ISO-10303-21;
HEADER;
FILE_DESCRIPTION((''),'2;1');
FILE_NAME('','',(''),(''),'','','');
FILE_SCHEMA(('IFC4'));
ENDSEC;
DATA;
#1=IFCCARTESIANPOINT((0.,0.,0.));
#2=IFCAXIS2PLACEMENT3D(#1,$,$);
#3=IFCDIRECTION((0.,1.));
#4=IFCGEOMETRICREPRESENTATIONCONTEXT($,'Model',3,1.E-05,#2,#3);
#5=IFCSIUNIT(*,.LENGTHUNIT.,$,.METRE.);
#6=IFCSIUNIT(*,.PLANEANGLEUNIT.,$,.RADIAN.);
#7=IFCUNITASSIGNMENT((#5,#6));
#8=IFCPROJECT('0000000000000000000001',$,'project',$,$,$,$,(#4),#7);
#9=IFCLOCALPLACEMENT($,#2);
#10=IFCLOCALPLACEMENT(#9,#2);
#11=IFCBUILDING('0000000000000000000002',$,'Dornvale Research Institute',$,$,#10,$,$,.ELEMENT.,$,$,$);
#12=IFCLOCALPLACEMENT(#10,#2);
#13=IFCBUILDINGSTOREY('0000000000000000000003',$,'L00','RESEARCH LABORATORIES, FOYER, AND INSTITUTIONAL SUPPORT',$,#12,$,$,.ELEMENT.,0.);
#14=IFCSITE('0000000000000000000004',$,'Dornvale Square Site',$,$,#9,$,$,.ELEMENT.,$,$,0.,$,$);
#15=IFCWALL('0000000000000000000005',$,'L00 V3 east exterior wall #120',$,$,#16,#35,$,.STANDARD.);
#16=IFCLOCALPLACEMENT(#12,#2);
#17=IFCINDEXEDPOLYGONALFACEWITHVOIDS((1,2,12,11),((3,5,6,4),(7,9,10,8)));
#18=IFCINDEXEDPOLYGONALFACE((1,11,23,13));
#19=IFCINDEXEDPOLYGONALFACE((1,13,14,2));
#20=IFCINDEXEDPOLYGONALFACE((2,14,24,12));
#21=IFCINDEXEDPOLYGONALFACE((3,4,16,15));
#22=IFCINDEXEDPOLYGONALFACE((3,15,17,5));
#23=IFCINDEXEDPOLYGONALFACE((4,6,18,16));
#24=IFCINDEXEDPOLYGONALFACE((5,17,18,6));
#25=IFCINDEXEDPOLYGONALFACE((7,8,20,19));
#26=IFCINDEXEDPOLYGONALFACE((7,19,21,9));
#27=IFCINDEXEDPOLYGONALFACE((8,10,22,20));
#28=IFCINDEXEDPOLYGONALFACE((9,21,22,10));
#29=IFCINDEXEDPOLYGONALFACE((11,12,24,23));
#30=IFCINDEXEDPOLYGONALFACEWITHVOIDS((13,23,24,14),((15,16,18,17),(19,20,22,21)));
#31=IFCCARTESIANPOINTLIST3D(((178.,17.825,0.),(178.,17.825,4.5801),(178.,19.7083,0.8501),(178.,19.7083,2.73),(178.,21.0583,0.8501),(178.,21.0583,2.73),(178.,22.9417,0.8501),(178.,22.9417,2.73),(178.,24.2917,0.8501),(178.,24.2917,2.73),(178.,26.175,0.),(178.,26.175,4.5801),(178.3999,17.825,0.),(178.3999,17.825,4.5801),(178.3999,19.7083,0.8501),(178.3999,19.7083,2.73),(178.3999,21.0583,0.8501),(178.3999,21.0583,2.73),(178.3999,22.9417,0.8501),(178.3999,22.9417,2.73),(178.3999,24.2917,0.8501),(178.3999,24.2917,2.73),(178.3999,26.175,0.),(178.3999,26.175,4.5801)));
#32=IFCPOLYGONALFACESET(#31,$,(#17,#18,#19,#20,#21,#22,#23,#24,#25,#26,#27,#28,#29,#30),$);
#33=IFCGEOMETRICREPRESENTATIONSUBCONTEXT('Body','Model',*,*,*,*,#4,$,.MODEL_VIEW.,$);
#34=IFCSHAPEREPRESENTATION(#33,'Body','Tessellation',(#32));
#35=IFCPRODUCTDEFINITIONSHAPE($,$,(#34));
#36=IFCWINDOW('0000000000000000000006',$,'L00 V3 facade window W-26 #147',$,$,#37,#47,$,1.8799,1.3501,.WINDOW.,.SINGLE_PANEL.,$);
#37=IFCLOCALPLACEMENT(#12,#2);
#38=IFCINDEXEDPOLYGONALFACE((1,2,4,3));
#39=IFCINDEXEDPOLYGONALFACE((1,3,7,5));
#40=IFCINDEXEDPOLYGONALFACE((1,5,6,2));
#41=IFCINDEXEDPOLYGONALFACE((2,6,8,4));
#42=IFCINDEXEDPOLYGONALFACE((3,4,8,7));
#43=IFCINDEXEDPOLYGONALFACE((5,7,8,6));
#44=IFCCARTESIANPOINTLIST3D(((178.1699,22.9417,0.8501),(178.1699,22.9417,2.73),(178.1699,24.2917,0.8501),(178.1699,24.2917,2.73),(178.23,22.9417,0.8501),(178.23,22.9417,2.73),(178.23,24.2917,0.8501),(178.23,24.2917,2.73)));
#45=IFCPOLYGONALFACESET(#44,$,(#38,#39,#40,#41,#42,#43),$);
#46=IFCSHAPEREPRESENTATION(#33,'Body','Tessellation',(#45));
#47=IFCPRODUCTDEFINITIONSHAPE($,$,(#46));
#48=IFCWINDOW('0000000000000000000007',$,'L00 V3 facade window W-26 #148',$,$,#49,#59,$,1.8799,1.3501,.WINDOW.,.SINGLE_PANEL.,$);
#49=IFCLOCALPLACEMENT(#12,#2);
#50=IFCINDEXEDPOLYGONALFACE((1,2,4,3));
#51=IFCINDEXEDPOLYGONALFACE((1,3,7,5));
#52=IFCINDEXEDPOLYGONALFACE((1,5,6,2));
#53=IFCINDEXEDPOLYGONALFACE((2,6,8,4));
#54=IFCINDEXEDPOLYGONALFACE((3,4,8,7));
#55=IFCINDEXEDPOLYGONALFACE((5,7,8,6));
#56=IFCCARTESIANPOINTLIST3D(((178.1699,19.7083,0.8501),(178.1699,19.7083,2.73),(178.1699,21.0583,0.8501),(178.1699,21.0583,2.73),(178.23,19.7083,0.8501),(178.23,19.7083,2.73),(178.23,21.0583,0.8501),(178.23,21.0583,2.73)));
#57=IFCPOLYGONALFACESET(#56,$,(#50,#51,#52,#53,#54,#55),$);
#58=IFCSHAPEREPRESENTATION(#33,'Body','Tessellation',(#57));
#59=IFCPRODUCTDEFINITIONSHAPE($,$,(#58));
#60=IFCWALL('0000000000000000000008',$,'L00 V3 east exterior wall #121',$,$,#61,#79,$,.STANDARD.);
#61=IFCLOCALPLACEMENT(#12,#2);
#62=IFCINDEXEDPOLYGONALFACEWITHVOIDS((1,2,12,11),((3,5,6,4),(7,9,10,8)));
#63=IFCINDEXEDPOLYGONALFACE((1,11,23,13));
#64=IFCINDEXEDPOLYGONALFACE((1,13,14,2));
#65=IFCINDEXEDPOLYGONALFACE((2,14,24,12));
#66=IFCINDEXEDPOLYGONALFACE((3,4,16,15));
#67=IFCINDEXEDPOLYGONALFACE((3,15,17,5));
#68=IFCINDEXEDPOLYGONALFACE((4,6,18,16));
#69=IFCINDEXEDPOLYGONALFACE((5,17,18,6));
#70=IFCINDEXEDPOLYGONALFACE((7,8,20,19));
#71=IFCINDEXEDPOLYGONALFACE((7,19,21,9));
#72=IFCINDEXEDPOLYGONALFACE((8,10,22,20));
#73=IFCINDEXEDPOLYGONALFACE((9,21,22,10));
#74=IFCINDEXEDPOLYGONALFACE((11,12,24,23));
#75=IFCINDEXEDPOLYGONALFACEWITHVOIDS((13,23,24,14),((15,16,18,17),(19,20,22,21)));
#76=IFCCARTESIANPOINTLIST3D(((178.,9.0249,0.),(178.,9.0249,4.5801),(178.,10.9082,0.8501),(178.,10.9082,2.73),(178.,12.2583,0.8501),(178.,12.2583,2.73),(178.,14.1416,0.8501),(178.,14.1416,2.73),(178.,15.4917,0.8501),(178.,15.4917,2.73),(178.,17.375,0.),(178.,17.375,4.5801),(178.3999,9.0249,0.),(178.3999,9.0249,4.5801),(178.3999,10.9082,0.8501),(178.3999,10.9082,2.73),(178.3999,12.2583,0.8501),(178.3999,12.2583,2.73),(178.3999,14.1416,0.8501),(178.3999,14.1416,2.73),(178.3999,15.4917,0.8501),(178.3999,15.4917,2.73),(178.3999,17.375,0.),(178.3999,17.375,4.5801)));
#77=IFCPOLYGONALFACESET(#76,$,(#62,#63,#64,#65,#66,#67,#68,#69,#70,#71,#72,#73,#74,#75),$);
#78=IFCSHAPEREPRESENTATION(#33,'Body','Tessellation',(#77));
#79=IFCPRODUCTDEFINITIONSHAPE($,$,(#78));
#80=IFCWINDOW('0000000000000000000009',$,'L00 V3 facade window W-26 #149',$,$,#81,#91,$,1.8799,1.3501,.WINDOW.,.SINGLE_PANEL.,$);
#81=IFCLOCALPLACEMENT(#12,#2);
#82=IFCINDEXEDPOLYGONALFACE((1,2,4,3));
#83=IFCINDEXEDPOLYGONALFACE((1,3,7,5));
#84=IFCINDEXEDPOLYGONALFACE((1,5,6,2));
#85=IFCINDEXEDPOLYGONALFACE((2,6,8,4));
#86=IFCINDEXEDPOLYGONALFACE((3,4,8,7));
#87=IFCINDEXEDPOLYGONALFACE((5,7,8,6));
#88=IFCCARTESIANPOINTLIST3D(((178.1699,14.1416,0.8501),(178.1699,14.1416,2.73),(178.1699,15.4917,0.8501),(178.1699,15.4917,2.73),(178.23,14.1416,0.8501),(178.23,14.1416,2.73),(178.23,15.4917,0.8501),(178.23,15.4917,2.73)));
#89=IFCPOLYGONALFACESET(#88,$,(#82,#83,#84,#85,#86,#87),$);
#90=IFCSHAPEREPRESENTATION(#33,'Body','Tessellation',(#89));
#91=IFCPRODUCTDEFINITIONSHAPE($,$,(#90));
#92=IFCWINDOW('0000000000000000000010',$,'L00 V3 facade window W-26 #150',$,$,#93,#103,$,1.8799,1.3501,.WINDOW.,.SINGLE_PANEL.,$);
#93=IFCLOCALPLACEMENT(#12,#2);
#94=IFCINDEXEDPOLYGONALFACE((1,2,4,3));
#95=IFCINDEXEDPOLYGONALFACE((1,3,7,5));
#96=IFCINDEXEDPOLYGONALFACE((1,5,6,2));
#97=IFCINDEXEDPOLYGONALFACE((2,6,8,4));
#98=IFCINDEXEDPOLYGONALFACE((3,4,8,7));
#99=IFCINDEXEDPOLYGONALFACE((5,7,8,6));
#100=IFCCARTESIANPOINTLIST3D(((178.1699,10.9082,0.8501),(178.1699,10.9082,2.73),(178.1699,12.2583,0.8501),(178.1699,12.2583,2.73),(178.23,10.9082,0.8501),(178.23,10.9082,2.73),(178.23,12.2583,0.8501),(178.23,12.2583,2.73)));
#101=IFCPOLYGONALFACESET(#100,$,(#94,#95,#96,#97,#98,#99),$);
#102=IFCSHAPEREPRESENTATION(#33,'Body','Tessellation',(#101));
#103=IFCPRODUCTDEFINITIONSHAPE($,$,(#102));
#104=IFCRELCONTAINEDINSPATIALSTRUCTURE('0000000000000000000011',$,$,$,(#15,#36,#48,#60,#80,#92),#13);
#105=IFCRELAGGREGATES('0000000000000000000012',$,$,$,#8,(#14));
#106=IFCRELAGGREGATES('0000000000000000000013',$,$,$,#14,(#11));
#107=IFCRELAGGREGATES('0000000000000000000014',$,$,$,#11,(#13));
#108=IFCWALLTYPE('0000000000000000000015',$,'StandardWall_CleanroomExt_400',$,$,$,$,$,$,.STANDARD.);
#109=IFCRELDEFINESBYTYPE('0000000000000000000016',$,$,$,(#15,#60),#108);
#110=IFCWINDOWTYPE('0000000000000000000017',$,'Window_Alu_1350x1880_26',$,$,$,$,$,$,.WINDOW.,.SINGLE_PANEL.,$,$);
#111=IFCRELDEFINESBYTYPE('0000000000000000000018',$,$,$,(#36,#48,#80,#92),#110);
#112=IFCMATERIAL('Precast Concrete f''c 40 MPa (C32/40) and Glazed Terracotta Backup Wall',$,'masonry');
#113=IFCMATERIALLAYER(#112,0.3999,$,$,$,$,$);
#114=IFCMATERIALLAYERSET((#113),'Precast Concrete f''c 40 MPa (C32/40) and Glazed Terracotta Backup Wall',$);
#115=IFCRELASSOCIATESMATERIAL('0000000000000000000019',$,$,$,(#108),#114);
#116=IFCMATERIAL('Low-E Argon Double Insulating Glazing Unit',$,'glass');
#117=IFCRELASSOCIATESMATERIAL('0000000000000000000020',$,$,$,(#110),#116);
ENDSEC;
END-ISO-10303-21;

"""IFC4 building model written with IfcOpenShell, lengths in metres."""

from ifc_helpers import new_model, si_unit, direction, frame, frame_2d, origin, place, context, subcontext, project, spatial, rectangle, extrude, material, layer, layer_set, type_object, element, fill, save


model = new_model("IFC4")

# Units and contexts
model_context = context("Model", 3, precision=1e-05, world=origin(), true_north=direction((0.0, 1.0)))
body_context = subcontext(model_context, "Body", "Model", "MODEL_VIEW")
ifc_project = project(units=[si_unit("LENGTHUNIT", "METRE"), si_unit("PLANEANGLEUNIT", "RADIAN")], contexts=[model_context])

# Site, building, storey
site_placement = place(None, origin())
site = spatial("IfcSite", under=ifc_project, at=site_placement, Name="Dornvale Square Site", CompositionType="ELEMENT", RefElevation=0.0)
building_placement = place(site_placement, origin())
building = spatial("IfcBuilding", under=site, at=building_placement, Name="Dornvale Research Institute", CompositionType="ELEMENT")
storey_placement = place(building_placement, origin())
storey = spatial("IfcBuildingStorey", under=building, at=storey_placement, Name="L00", Description="RESEARCH LABORATORIES, FOYER, AND INSTITUTIONAL SUPPORT", CompositionType="ELEMENT", Elevation=0.0)

# Walls, openings, windows
ifc_material_1 = material(Name="Precast Concrete f'c 40 MPa (C32/40) and Glazed Terracotta Backup Wall", Category="masonry")
ifc_layer = layer(ifc_material_1, 0.3999)
ifc_layer_set = layer_set([ifc_layer], Name="Precast Concrete f'c 40 MPa (C32/40) and Glazed Terracotta Backup Wall")
wall_type = type_object("IfcWallType", Name="StandardWall_CleanroomExt_400", PredefinedType="STANDARD", material=ifc_layer_set)
wall_1_placement = place(storey_placement, frame((178.2, 26.175, 0.0), z_axis=(0.0, 0.0, 1.0), x_axis=(0.0, -1.0, 0.0)))
wall_1 = element("IfcWall", 1, at=wall_1_placement, inside=storey, type_object=wall_type, Name="L00 V3 east exterior wall #120", PredefinedType="STANDARD", context=body_context, shape_type="SweptSolid", body=[
    extrude(rectangle(XDim=8.3501, YDim=0.3999, at=frame_2d((4.175, 0.0))), origin(), (0.0, 0.0, 1.0), 4.5801),
])
opening_1_placement = place(wall_1_placement, frame((1.8833, 0.0, 0.8501)))
opening_1 = element("IfcOpeningElement", 2, at=opening_1_placement, cuts=wall_1, PredefinedType="OPENING", context=body_context, shape_type="SweptSolid", body=[
    extrude(rectangle(XDim=1.3501, YDim=1.8799, at=frame_2d((0.675, 0.9399))), frame((0.0, 0.2148, 0.0), z_axis=(0.0, -1.0, 0.0), x_axis=(1.0, 0.0, 0.0)), (0.0, 0.0, 1.0), 0.4299),
])
opening_2_placement = place(wall_1_placement, frame((5.1167, 0.0, 0.8501)))
opening_2 = element("IfcOpeningElement", 3, at=opening_2_placement, cuts=wall_1, PredefinedType="OPENING", context=body_context, shape_type="SweptSolid", body=[
    extrude(rectangle(XDim=1.3501, YDim=1.8799, at=frame_2d((0.675, 0.9399))), frame((0.0, 0.2148, 0.0), z_axis=(0.0, -1.0, 0.0), x_axis=(1.0, 0.0, 0.0)), (0.0, 0.0, 1.0), 0.4299),
])
ifc_material_2 = material(Name="Low-E Argon Double Insulating Glazing Unit", Category="glass")
window_type = type_object("IfcWindowType", Name="Window_Alu_1350x1880_26", PartitioningType="SINGLE_PANEL", PredefinedType="WINDOW", material=ifc_material_2)
window_1_placement = place(opening_1_placement, origin())
window_1 = element("IfcWindow", 4, at=window_1_placement, inside=storey, type_object=window_type, Name="L00 V3 facade window W-26 #147", OverallHeight=1.8799, OverallWidth=1.3501, PartitioningType="SINGLE_PANEL", PredefinedType="WINDOW", context=body_context, shape_type="SweptSolid", body=[
    extrude(rectangle(XDim=1.3501, YDim=1.8799, at=frame_2d((0.675, 0.9399))), frame((0.0, 0.03, 0.0), z_axis=(0.0, -1.0, 0.0), x_axis=(1.0, 0.0, 0.0)), (0.0, 0.0, 1.0), 0.0601),
])
fill(opening_1, window_1)
window_2_placement = place(opening_2_placement, origin())
window_2 = element("IfcWindow", 5, at=window_2_placement, inside=storey, type_object=window_type, Name="L00 V3 facade window W-26 #148", OverallHeight=1.8799, OverallWidth=1.3501, PartitioningType="SINGLE_PANEL", PredefinedType="WINDOW", context=body_context, shape_type="SweptSolid", body=[
    extrude(rectangle(XDim=1.3501, YDim=1.8799, at=frame_2d((0.675, 0.9399))), frame((0.0, 0.03, 0.0), z_axis=(0.0, -1.0, 0.0), x_axis=(1.0, 0.0, 0.0)), (0.0, 0.0, 1.0), 0.0601),
])
fill(opening_2, window_2)
wall_2_placement = place(storey_placement, frame((178.2, 17.375, 0.0), z_axis=(0.0, 0.0, 1.0), x_axis=(0.0, -1.0, 0.0)))
wall_2 = element("IfcWall", 6, at=wall_2_placement, inside=storey, type_object=wall_type, Name="L00 V3 east exterior wall #121", PredefinedType="STANDARD", context=body_context, shape_type="SweptSolid", body=[
    extrude(rectangle(XDim=8.3501, YDim=0.3999, at=frame_2d((4.175, 0.0))), origin(), (0.0, 0.0, 1.0), 4.5801),
])
opening_3_placement = place(wall_2_placement, frame((1.8833, 0.0, 0.8501)))
opening_3 = element("IfcOpeningElement", 7, at=opening_3_placement, cuts=wall_2, PredefinedType="OPENING", context=body_context, shape_type="SweptSolid", body=[
    extrude(rectangle(XDim=1.3501, YDim=1.8799, at=frame_2d((0.675, 0.9399))), frame((0.0, 0.2148, 0.0), z_axis=(0.0, -1.0, 0.0), x_axis=(1.0, 0.0, 0.0)), (0.0, 0.0, 1.0), 0.4299),
])
opening_4_placement = place(wall_2_placement, frame((5.1167, 0.0, 0.8501)))
opening_4 = element("IfcOpeningElement", 8, at=opening_4_placement, cuts=wall_2, PredefinedType="OPENING", context=body_context, shape_type="SweptSolid", body=[
    extrude(rectangle(XDim=1.3501, YDim=1.8799, at=frame_2d((0.675, 0.9399))), frame((0.0, 0.2148, 0.0), z_axis=(0.0, -1.0, 0.0), x_axis=(1.0, 0.0, 0.0)), (0.0, 0.0, 1.0), 0.4299),
])
window_3_placement = place(opening_3_placement, origin())
window_3 = element("IfcWindow", 9, at=window_3_placement, inside=storey, type_object=window_type, Name="L00 V3 facade window W-26 #149", OverallHeight=1.8799, OverallWidth=1.3501, PartitioningType="SINGLE_PANEL", PredefinedType="WINDOW", context=body_context, shape_type="SweptSolid", body=[
    extrude(rectangle(XDim=1.3501, YDim=1.8799, at=frame_2d((0.675, 0.9399))), frame((0.0, 0.03, 0.0), z_axis=(0.0, -1.0, 0.0), x_axis=(1.0, 0.0, 0.0)), (0.0, 0.0, 1.0), 0.0601),
])
fill(opening_3, window_3)
window_4_placement = place(opening_4_placement, origin())
window_4 = element("IfcWindow", 10, at=window_4_placement, inside=storey, type_object=window_type, Name="L00 V3 facade window W-26 #150", OverallHeight=1.8799, OverallWidth=1.3501, PartitioningType="SINGLE_PANEL", PredefinedType="WINDOW", context=body_context, shape_type="SweptSolid", body=[
    extrude(rectangle(XDim=1.3501, YDim=1.8799, at=frame_2d((0.675, 0.9399))), frame((0.0, 0.03, 0.0), z_axis=(0.0, -1.0, 0.0), x_axis=(1.0, 0.0, 0.0)), (0.0, 0.0, 1.0), 0.0601),
])
fill(opening_4, window_4)

save(model, "model.ifc")
